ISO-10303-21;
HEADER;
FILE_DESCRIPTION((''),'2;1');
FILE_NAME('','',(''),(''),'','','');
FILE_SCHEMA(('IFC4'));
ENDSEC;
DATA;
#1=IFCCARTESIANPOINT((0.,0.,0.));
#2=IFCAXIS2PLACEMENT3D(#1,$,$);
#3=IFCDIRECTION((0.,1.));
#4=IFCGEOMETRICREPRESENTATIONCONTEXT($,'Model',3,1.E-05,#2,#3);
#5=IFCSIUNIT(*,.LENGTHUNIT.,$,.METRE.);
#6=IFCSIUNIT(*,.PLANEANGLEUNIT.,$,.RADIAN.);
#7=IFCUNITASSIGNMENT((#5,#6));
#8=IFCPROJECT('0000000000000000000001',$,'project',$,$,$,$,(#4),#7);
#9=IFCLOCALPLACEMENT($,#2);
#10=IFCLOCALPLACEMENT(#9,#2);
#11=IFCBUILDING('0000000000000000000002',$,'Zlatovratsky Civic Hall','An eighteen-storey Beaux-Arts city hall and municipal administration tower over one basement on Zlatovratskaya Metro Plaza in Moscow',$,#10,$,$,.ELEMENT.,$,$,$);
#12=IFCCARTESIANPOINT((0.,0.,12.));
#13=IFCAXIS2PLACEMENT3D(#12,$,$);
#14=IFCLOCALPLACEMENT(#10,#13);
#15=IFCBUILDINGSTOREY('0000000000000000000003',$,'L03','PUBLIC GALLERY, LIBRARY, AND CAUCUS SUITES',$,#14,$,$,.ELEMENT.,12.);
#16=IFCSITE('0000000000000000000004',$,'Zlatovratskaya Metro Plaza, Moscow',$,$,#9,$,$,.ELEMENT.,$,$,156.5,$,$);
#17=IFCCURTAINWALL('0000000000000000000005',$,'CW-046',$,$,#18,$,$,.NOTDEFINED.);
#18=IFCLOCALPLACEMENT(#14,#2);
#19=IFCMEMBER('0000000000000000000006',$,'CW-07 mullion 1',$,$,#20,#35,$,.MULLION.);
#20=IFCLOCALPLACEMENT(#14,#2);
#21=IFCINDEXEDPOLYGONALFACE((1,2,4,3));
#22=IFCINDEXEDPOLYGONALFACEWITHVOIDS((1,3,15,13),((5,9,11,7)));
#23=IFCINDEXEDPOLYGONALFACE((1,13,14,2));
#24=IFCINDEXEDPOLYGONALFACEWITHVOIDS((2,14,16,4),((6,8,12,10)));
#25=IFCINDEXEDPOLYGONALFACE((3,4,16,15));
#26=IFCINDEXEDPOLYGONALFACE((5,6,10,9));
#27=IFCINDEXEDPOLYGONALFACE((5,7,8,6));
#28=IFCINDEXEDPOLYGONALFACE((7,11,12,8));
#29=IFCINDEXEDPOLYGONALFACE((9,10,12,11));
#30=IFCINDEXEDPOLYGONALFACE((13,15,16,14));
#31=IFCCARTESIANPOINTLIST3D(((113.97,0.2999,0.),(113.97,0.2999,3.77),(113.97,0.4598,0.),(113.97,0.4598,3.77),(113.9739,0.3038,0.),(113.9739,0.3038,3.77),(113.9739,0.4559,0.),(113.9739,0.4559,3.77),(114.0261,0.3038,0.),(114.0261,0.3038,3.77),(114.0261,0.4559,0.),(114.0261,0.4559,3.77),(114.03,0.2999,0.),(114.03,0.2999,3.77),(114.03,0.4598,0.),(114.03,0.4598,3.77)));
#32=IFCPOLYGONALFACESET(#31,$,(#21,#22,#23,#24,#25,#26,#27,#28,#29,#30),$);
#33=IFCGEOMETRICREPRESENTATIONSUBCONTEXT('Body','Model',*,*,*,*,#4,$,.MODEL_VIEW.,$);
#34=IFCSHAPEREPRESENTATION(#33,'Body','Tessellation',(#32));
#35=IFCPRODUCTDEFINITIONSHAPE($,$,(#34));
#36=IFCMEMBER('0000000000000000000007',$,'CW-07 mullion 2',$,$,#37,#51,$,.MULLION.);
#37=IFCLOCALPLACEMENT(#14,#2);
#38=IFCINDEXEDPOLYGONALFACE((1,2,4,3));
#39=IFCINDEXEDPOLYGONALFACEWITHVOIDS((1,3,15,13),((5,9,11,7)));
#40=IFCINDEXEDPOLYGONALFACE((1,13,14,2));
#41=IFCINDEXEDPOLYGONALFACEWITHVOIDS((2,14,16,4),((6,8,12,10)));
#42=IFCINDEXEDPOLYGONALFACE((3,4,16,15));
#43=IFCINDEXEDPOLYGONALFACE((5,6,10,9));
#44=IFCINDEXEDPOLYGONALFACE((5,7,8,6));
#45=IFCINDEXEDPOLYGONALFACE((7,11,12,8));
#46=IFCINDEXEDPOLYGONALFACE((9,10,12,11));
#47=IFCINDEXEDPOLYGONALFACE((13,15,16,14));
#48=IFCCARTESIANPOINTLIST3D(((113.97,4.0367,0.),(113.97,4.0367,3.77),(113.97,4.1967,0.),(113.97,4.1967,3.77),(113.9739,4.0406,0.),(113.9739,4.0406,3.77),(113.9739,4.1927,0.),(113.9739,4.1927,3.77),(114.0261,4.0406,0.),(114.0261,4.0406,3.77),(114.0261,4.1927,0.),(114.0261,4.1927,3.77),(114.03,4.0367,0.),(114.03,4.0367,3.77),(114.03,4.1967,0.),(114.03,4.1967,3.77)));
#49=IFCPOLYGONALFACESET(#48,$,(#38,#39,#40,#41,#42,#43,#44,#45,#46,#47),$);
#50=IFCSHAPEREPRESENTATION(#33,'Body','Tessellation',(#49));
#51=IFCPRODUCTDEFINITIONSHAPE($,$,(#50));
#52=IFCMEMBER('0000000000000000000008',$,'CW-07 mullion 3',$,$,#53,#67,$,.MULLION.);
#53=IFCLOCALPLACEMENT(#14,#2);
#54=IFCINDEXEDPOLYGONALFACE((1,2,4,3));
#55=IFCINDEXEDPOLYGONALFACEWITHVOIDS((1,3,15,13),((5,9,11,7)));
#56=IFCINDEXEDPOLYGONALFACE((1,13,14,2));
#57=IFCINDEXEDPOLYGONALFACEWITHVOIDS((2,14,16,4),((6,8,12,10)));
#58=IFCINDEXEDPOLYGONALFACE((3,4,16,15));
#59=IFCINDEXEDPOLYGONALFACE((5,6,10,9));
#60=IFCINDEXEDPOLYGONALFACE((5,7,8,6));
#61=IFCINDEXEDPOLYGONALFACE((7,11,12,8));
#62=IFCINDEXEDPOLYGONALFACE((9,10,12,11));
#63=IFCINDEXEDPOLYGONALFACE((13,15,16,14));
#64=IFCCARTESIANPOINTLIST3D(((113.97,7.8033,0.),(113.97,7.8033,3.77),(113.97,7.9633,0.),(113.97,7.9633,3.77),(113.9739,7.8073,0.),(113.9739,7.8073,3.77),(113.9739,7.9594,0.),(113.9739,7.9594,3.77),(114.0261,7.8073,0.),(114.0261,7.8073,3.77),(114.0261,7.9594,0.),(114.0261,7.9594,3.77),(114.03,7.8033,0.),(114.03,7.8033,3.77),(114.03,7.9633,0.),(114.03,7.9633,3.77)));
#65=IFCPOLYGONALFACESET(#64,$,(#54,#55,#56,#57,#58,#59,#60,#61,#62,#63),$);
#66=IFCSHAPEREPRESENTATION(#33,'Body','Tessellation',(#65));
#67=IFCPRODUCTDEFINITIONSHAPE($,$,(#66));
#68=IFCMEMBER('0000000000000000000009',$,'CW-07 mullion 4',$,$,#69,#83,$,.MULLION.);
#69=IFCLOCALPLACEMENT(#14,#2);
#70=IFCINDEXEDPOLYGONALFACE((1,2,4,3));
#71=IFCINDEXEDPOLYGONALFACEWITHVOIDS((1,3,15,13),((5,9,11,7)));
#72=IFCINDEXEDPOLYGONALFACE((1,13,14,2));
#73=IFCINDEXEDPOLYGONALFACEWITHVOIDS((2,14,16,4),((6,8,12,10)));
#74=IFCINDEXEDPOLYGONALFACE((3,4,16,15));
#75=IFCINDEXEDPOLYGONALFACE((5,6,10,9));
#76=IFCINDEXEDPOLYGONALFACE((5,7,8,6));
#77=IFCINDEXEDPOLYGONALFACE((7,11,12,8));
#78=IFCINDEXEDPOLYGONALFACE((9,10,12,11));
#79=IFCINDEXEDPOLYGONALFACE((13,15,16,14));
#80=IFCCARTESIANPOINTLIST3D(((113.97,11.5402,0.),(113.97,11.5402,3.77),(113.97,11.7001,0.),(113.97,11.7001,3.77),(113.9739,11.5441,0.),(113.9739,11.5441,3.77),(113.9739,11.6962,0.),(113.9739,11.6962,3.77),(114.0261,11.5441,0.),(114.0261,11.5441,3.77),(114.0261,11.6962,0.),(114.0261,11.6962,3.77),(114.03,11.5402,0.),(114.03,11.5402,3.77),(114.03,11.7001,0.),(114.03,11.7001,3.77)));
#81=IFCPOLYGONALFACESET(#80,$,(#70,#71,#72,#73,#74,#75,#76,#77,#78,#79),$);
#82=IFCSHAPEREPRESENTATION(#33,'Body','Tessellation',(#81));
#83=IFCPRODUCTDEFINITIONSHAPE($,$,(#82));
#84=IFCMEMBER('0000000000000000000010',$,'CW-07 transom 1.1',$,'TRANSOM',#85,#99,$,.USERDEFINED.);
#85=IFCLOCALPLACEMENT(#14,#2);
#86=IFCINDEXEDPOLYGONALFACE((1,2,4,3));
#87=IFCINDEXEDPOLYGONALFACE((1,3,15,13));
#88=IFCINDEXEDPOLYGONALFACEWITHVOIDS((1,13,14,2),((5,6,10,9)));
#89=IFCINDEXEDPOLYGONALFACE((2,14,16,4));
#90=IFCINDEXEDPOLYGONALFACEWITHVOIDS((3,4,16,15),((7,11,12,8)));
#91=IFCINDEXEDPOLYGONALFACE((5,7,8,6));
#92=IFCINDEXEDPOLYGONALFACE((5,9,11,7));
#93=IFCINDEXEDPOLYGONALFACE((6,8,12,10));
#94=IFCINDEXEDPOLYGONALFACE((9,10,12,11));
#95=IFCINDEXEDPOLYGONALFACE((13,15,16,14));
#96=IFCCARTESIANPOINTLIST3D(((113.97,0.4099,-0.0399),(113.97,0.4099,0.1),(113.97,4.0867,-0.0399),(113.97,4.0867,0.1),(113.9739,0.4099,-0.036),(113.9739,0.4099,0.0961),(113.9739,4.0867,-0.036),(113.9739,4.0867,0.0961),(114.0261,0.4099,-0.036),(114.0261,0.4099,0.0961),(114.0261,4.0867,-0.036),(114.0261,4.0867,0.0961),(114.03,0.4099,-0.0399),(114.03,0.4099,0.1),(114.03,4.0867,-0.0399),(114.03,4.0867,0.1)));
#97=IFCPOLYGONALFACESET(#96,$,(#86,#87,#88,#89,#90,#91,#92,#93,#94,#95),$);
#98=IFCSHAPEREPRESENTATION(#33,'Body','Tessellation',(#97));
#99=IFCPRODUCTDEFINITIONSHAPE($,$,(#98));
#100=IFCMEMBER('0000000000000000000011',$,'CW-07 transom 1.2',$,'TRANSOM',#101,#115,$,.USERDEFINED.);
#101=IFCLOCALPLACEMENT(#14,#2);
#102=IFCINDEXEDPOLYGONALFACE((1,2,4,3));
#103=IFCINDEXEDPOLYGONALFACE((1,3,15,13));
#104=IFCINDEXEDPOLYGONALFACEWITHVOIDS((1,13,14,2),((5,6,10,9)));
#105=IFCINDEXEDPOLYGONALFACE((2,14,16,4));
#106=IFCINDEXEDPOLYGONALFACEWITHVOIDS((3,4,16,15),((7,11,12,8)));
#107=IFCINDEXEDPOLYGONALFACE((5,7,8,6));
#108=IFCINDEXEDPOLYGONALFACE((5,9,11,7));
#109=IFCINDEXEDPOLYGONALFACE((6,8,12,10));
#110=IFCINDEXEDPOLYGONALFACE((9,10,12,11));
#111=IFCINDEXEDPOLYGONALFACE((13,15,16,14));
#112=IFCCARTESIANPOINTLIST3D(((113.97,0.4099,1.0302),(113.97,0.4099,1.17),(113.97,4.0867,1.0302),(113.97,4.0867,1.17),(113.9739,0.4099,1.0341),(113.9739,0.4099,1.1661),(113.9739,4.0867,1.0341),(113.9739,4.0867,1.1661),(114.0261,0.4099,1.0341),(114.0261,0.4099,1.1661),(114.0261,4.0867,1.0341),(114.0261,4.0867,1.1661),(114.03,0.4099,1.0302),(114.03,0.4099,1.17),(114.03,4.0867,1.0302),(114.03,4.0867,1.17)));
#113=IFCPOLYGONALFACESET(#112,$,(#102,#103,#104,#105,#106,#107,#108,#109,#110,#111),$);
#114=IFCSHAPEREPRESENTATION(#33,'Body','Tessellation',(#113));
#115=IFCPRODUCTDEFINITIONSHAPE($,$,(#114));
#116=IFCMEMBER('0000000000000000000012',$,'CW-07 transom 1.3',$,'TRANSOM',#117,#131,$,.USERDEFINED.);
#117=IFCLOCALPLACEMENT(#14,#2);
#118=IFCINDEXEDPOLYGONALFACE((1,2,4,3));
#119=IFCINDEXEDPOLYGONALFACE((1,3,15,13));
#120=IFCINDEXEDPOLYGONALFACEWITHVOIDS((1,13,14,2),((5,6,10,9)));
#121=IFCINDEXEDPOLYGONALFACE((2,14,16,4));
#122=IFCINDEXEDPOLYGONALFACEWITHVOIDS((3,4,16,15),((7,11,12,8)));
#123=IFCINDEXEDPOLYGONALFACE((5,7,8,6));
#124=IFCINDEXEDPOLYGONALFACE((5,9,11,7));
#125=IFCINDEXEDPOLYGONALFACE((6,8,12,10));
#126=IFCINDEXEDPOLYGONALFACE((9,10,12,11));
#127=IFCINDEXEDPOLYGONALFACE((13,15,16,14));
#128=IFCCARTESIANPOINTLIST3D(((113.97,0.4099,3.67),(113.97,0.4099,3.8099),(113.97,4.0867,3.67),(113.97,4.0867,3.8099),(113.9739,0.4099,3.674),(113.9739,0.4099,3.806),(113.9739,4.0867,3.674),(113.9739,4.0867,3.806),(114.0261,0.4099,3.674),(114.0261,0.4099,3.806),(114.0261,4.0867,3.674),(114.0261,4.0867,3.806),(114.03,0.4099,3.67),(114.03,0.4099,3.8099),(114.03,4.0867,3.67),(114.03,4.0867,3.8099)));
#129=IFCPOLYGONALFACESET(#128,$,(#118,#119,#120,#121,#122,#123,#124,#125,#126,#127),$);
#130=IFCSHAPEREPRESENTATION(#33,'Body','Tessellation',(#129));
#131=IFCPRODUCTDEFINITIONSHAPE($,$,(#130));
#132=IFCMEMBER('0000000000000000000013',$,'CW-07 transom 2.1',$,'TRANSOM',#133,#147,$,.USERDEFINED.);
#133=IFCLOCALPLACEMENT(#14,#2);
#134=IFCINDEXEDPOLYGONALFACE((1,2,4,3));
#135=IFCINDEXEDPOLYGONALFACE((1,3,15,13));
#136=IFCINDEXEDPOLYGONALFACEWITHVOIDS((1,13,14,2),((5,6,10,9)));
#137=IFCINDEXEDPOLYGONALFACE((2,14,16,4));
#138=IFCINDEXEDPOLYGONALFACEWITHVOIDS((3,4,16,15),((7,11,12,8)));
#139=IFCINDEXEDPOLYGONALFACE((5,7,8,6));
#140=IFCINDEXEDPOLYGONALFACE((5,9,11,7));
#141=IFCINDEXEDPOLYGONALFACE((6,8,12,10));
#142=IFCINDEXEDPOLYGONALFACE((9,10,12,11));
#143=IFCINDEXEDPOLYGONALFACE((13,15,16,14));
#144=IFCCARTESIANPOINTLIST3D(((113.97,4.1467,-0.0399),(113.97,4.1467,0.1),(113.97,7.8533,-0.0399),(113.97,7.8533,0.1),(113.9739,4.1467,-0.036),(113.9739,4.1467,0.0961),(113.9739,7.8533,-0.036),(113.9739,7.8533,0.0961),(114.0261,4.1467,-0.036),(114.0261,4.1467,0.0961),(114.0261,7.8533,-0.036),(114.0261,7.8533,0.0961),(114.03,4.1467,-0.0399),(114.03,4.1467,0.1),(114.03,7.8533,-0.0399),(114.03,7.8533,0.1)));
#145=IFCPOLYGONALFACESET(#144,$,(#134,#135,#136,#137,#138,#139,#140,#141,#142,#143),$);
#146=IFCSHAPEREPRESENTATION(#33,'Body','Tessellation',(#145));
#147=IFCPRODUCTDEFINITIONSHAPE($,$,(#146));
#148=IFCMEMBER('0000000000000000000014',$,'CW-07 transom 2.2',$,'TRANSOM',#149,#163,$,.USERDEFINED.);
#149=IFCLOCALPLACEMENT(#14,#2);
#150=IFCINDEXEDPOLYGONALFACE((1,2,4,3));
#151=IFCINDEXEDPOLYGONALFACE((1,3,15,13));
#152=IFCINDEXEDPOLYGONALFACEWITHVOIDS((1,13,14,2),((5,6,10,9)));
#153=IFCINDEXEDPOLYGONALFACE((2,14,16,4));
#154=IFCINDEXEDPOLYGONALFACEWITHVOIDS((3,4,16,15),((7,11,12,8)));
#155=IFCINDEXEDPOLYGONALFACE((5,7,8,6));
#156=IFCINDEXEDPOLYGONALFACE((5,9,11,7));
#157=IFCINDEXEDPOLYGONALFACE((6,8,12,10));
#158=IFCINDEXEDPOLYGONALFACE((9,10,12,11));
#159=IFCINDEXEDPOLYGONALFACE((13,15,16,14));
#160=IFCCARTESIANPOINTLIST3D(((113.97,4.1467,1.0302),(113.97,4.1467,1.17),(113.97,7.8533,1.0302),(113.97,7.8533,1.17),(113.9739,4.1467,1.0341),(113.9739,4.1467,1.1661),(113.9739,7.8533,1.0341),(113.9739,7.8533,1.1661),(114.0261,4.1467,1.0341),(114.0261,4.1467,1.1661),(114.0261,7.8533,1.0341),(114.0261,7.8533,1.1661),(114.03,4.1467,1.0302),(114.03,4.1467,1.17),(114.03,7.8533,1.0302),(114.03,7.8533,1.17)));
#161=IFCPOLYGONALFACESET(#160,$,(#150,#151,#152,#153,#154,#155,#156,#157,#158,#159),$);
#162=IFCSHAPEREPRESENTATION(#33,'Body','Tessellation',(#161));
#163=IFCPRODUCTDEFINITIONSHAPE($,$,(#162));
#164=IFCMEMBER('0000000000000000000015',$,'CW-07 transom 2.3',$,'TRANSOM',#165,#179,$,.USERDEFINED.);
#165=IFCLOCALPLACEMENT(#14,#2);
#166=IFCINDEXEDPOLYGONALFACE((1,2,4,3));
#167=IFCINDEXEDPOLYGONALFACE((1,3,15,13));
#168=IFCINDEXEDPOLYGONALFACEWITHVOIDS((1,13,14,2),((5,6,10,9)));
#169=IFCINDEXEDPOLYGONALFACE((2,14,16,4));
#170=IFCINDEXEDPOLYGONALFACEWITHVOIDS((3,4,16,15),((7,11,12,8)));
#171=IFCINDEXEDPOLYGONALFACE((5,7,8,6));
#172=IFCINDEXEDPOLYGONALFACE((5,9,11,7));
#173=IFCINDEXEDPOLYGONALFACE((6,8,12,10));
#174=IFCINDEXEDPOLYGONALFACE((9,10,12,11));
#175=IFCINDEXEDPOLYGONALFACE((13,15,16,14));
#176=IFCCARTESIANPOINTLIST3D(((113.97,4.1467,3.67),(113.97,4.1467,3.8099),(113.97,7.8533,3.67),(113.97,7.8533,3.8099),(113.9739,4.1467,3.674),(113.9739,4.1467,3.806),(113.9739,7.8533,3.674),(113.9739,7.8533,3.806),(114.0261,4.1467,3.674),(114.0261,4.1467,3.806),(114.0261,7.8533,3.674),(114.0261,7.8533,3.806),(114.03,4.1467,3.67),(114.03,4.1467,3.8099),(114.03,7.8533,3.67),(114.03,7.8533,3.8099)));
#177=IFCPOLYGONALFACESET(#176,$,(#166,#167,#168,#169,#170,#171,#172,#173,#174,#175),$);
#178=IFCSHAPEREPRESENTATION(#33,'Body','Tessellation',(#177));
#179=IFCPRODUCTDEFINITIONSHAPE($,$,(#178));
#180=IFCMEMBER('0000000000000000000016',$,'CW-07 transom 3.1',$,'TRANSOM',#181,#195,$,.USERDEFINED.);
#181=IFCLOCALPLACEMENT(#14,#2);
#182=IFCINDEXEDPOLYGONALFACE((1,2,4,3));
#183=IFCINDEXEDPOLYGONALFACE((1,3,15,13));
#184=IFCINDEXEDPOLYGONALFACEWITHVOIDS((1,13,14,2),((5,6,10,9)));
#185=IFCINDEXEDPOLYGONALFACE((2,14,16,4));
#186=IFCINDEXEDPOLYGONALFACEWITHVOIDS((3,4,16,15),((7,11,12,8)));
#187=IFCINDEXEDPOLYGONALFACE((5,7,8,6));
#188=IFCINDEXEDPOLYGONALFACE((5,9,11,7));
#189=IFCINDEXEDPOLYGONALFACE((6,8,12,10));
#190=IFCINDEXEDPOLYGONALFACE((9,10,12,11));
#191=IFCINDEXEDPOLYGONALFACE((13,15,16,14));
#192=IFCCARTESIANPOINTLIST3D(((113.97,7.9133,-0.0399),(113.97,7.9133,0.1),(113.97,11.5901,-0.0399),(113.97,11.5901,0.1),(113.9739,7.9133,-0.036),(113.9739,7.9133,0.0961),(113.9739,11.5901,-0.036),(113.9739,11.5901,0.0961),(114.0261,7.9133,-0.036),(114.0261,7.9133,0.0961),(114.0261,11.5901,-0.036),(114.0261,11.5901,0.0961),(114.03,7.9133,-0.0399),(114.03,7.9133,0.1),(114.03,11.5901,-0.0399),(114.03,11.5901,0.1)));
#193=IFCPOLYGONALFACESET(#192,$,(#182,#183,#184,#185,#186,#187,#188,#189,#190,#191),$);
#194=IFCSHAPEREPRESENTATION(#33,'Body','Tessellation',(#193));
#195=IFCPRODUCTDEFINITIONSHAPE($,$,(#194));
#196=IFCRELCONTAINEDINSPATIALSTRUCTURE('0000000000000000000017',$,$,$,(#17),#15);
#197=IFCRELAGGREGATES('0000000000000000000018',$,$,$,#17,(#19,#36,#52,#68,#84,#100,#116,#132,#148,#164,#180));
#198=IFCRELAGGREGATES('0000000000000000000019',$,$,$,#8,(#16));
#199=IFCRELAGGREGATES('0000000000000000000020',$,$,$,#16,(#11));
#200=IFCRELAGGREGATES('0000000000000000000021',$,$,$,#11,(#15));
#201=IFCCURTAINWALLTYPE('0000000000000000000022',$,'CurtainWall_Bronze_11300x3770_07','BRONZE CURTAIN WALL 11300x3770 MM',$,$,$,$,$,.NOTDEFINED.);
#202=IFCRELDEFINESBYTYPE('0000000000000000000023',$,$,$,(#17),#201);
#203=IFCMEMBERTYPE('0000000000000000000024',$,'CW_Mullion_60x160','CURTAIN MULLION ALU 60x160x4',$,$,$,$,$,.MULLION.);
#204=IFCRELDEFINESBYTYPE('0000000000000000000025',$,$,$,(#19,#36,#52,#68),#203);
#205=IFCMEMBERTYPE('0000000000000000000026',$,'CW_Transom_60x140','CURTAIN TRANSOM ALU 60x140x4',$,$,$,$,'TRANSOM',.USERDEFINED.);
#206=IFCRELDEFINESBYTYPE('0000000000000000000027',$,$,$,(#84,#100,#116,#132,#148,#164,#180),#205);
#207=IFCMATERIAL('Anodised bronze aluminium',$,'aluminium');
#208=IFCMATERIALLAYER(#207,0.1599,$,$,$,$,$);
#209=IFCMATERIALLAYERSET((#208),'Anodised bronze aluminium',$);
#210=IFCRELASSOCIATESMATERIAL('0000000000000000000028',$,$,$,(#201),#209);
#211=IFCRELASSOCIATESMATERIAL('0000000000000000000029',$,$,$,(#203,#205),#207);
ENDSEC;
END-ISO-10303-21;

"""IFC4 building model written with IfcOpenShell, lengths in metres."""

from ifc_helpers import new_model, si_unit, direction, frame, origin, origin_2d, place, context, subcontext, project, spatial, hollow_rectangle, extrude, material, layer, layer_set, material_profile, profile_set, type_object, element, aggregate, save


model = new_model("IFC4")

# Units and contexts
model_context = context("Model", 3, precision=1e-05, world=origin(), true_north=direction((0.0, 1.0)))
body_context = subcontext(model_context, "Body", "Model", "MODEL_VIEW")
ifc_project = project(units=[si_unit("LENGTHUNIT", "METRE"), si_unit("PLANEANGLEUNIT", "RADIAN")], contexts=[model_context])

# Site, building, storey
site_placement = place(None, origin())
site = spatial("IfcSite", under=ifc_project, at=site_placement, Name="Zlatovratskaya Metro Plaza, Moscow", CompositionType="ELEMENT", RefElevation=156.5)
building_placement = place(site_placement, origin())
building = spatial("IfcBuilding", under=site, at=building_placement, Name="Zlatovratsky Civic Hall", Description="An eighteen-storey Beaux-Arts city hall and municipal administration tower over one basement on Zlatovratskaya Metro Plaza in Moscow", CompositionType="ELEMENT")
storey_placement = place(building_placement, frame((0.0, 0.0, 12.0)))
storey = spatial("IfcBuildingStorey", under=building, at=storey_placement, Name="L03", Description="PUBLIC GALLERY, LIBRARY, AND CAUCUS SUITES", CompositionType="ELEMENT", Elevation=12.0)

# Curtain wall, members
ifc_material_1 = material(Name="Anodised bronze aluminium", Category="aluminium")
ifc_layer_1 = layer(ifc_material_1, 0.1599)
ifc_layer_set_1 = layer_set([ifc_layer_1], Name="Anodised bronze aluminium")
curtain_wall_type = type_object("IfcCurtainWallType", Name="CurtainWall_Bronze_11300x3770_07", Description="BRONZE CURTAIN WALL 11300x3770 MM", PredefinedType="NOTDEFINED", material=ifc_layer_set_1)
curtain_wall_placement = place(storey_placement, origin())
curtain_wall = element("IfcCurtainWall", 1, at=curtain_wall_placement, inside=storey, type_object=curtain_wall_type, Name="CW-046", PredefinedType="NOTDEFINED")
ifc_material_profile_1 = material_profile(ifc_material_1, hollow_rectangle(XDim=0.0601, YDim=0.1599, WallThickness=0.0039, at=origin_2d()), Name="ALU 60x160x4")
ifc_profile_set_1 = profile_set([ifc_material_profile_1], Name="Anodised bronze aluminium")
member_type_1 = type_object("IfcMemberType", Name="CW_Mullion_60x160", Description="CURTAIN MULLION ALU 60x160x4", PredefinedType="MULLION", material=ifc_profile_set_1)
member_1_placement = place(storey_placement, frame((114.0, 0.3799, 0.0), z_axis=(0.0, 0.0, 1.0), x_axis=(-1.0, 0.0, 0.0)))
member_1 = element("IfcMember", 2, at=member_1_placement, type_object=member_type_1, Name="CW-07 mullion 1", PredefinedType="MULLION", context=body_context, shape_type="SweptSolid", body=[
    extrude(hollow_rectangle(XDim=0.0601, YDim=0.1599, WallThickness=0.0039, at=origin_2d()), origin(), (0.0, 0.0, 1.0), 3.77),
])
member_2_placement = place(storey_placement, frame((114.0, 4.1167, 0.0), z_axis=(0.0, 0.0, 1.0), x_axis=(-1.0, 0.0, 0.0)))
member_2 = element("IfcMember", 3, at=member_2_placement, type_object=member_type_1, Name="CW-07 mullion 2", PredefinedType="MULLION", context=body_context, shape_type="SweptSolid", body=[
    extrude(hollow_rectangle(XDim=0.0601, YDim=0.1599, WallThickness=0.0039, at=origin_2d()), origin(), (0.0, 0.0, 1.0), 3.77),
])
member_3_placement = place(storey_placement, frame((114.0, 7.8833, 0.0), z_axis=(0.0, 0.0, 1.0), x_axis=(-1.0, 0.0, 0.0)))
member_3 = element("IfcMember", 4, at=member_3_placement, type_object=member_type_1, Name="CW-07 mullion 3", PredefinedType="MULLION", context=body_context, shape_type="SweptSolid", body=[
    extrude(hollow_rectangle(XDim=0.0601, YDim=0.1599, WallThickness=0.0039, at=origin_2d()), origin(), (0.0, 0.0, 1.0), 3.77),
])
member_4_placement = place(storey_placement, frame((114.0, 11.6201, 0.0), z_axis=(0.0, 0.0, 1.0), x_axis=(-1.0, 0.0, 0.0)))
member_4 = element("IfcMember", 5, at=member_4_placement, type_object=member_type_1, Name="CW-07 mullion 4", PredefinedType="MULLION", context=body_context, shape_type="SweptSolid", body=[
    extrude(hollow_rectangle(XDim=0.0601, YDim=0.1599, WallThickness=0.0039, at=origin_2d()), origin(), (0.0, 0.0, 1.0), 3.77),
])
ifc_material_profile_2 = material_profile(ifc_material_1, hollow_rectangle(XDim=0.0601, YDim=0.1399, WallThickness=0.0039, at=origin_2d()), Name="ALU 60x140x4")
ifc_profile_set_2 = profile_set([ifc_material_profile_2], Name="Anodised bronze aluminium")
member_type_2 = type_object("IfcMemberType", Name="CW_Transom_60x140", Description="CURTAIN TRANSOM ALU 60x140x4", ElementType="TRANSOM", PredefinedType="USERDEFINED", material=ifc_profile_set_2)
member_5_placement = place(storey_placement, frame((114.0, 0.4099, 0.03), z_axis=(0.0, 1.0, 0.0), x_axis=(-1.0, 0.0, 0.0)))
member_5 = element("IfcMember", 6, at=member_5_placement, type_object=member_type_2, Name="CW-07 transom 1.1", ObjectType="TRANSOM", PredefinedType="USERDEFINED", context=body_context, shape_type="SweptSolid", body=[
    extrude(hollow_rectangle(XDim=0.0601, YDim=0.1399, WallThickness=0.0039, at=origin_2d()), origin(), (0.0, 0.0, 1.0), 3.6768),
])
member_6_placement = place(storey_placement, frame((114.0, 0.4099, 1.1001), z_axis=(0.0, 1.0, 0.0), x_axis=(-1.0, 0.0, 0.0)))
member_6 = element("IfcMember", 7, at=member_6_placement, type_object=member_type_2, Name="CW-07 transom 1.2", ObjectType="TRANSOM", PredefinedType="USERDEFINED", context=body_context, shape_type="SweptSolid", body=[
    extrude(hollow_rectangle(XDim=0.0601, YDim=0.1399, WallThickness=0.0039, at=origin_2d()), origin(), (0.0, 0.0, 1.0), 3.6768),
])
member_7_placement = place(storey_placement, frame((114.0, 0.4099, 3.74), z_axis=(0.0, 1.0, 0.0), x_axis=(-1.0, 0.0, 0.0)))
member_7 = element("IfcMember", 8, at=member_7_placement, type_object=member_type_2, Name="CW-07 transom 1.3", ObjectType="TRANSOM", PredefinedType="USERDEFINED", context=body_context, shape_type="SweptSolid", body=[
    extrude(hollow_rectangle(XDim=0.0601, YDim=0.1399, WallThickness=0.0039, at=origin_2d()), origin(), (0.0, 0.0, 1.0), 3.6768),
])
member_8_placement = place(storey_placement, frame((114.0, 4.1467, 0.03), z_axis=(0.0, 1.0, 0.0), x_axis=(-1.0, 0.0, 0.0)))
member_8 = element("IfcMember", 9, at=member_8_placement, type_object=member_type_2, Name="CW-07 transom 2.1", ObjectType="TRANSOM", PredefinedType="USERDEFINED", context=body_context, shape_type="SweptSolid", body=[
    extrude(hollow_rectangle(XDim=0.0601, YDim=0.1399, WallThickness=0.0039, at=origin_2d()), origin(), (0.0, 0.0, 1.0), 3.7065),
])
member_9_placement = place(storey_placement, frame((114.0, 4.1467, 1.1001), z_axis=(0.0, 1.0, 0.0), x_axis=(-1.0, 0.0, 0.0)))
member_9 = element("IfcMember", 10, at=member_9_placement, type_object=member_type_2, Name="CW-07 transom 2.2", ObjectType="TRANSOM", PredefinedType="USERDEFINED", context=body_context, shape_type="SweptSolid", body=[
    extrude(hollow_rectangle(XDim=0.0601, YDim=0.1399, WallThickness=0.0039, at=origin_2d()), origin(), (0.0, 0.0, 1.0), 3.7065),
])
member_10_placement = place(storey_placement, frame((114.0, 4.1467, 3.74), z_axis=(0.0, 1.0, 0.0), x_axis=(-1.0, 0.0, 0.0)))
member_10 = element("IfcMember", 11, at=member_10_placement, type_object=member_type_2, Name="CW-07 transom 2.3", ObjectType="TRANSOM", PredefinedType="USERDEFINED", context=body_context, shape_type="SweptSolid", body=[
    extrude(hollow_rectangle(XDim=0.0601, YDim=0.1399, WallThickness=0.0039, at=origin_2d()), origin(), (0.0, 0.0, 1.0), 3.7065),
])
member_11_placement = place(storey_placement, frame((114.0, 7.9133, 0.03), z_axis=(0.0, 1.0, 0.0), x_axis=(-1.0, 0.0, 0.0)))
member_11 = element("IfcMember", 12, at=member_11_placement, type_object=member_type_2, Name="CW-07 transom 3.1", ObjectType="TRANSOM", PredefinedType="USERDEFINED", context=body_context, shape_type="SweptSolid", body=[
    extrude(hollow_rectangle(XDim=0.0601, YDim=0.1399, WallThickness=0.0039, at=origin_2d()), origin(), (0.0, 0.0, 1.0), 3.6768),
])
aggregate(curtain_wall, [member_1, member_2, member_3, member_4, member_5, member_6, member_7, member_8, member_9, member_10, member_11])

save(model, "model.ifc")
